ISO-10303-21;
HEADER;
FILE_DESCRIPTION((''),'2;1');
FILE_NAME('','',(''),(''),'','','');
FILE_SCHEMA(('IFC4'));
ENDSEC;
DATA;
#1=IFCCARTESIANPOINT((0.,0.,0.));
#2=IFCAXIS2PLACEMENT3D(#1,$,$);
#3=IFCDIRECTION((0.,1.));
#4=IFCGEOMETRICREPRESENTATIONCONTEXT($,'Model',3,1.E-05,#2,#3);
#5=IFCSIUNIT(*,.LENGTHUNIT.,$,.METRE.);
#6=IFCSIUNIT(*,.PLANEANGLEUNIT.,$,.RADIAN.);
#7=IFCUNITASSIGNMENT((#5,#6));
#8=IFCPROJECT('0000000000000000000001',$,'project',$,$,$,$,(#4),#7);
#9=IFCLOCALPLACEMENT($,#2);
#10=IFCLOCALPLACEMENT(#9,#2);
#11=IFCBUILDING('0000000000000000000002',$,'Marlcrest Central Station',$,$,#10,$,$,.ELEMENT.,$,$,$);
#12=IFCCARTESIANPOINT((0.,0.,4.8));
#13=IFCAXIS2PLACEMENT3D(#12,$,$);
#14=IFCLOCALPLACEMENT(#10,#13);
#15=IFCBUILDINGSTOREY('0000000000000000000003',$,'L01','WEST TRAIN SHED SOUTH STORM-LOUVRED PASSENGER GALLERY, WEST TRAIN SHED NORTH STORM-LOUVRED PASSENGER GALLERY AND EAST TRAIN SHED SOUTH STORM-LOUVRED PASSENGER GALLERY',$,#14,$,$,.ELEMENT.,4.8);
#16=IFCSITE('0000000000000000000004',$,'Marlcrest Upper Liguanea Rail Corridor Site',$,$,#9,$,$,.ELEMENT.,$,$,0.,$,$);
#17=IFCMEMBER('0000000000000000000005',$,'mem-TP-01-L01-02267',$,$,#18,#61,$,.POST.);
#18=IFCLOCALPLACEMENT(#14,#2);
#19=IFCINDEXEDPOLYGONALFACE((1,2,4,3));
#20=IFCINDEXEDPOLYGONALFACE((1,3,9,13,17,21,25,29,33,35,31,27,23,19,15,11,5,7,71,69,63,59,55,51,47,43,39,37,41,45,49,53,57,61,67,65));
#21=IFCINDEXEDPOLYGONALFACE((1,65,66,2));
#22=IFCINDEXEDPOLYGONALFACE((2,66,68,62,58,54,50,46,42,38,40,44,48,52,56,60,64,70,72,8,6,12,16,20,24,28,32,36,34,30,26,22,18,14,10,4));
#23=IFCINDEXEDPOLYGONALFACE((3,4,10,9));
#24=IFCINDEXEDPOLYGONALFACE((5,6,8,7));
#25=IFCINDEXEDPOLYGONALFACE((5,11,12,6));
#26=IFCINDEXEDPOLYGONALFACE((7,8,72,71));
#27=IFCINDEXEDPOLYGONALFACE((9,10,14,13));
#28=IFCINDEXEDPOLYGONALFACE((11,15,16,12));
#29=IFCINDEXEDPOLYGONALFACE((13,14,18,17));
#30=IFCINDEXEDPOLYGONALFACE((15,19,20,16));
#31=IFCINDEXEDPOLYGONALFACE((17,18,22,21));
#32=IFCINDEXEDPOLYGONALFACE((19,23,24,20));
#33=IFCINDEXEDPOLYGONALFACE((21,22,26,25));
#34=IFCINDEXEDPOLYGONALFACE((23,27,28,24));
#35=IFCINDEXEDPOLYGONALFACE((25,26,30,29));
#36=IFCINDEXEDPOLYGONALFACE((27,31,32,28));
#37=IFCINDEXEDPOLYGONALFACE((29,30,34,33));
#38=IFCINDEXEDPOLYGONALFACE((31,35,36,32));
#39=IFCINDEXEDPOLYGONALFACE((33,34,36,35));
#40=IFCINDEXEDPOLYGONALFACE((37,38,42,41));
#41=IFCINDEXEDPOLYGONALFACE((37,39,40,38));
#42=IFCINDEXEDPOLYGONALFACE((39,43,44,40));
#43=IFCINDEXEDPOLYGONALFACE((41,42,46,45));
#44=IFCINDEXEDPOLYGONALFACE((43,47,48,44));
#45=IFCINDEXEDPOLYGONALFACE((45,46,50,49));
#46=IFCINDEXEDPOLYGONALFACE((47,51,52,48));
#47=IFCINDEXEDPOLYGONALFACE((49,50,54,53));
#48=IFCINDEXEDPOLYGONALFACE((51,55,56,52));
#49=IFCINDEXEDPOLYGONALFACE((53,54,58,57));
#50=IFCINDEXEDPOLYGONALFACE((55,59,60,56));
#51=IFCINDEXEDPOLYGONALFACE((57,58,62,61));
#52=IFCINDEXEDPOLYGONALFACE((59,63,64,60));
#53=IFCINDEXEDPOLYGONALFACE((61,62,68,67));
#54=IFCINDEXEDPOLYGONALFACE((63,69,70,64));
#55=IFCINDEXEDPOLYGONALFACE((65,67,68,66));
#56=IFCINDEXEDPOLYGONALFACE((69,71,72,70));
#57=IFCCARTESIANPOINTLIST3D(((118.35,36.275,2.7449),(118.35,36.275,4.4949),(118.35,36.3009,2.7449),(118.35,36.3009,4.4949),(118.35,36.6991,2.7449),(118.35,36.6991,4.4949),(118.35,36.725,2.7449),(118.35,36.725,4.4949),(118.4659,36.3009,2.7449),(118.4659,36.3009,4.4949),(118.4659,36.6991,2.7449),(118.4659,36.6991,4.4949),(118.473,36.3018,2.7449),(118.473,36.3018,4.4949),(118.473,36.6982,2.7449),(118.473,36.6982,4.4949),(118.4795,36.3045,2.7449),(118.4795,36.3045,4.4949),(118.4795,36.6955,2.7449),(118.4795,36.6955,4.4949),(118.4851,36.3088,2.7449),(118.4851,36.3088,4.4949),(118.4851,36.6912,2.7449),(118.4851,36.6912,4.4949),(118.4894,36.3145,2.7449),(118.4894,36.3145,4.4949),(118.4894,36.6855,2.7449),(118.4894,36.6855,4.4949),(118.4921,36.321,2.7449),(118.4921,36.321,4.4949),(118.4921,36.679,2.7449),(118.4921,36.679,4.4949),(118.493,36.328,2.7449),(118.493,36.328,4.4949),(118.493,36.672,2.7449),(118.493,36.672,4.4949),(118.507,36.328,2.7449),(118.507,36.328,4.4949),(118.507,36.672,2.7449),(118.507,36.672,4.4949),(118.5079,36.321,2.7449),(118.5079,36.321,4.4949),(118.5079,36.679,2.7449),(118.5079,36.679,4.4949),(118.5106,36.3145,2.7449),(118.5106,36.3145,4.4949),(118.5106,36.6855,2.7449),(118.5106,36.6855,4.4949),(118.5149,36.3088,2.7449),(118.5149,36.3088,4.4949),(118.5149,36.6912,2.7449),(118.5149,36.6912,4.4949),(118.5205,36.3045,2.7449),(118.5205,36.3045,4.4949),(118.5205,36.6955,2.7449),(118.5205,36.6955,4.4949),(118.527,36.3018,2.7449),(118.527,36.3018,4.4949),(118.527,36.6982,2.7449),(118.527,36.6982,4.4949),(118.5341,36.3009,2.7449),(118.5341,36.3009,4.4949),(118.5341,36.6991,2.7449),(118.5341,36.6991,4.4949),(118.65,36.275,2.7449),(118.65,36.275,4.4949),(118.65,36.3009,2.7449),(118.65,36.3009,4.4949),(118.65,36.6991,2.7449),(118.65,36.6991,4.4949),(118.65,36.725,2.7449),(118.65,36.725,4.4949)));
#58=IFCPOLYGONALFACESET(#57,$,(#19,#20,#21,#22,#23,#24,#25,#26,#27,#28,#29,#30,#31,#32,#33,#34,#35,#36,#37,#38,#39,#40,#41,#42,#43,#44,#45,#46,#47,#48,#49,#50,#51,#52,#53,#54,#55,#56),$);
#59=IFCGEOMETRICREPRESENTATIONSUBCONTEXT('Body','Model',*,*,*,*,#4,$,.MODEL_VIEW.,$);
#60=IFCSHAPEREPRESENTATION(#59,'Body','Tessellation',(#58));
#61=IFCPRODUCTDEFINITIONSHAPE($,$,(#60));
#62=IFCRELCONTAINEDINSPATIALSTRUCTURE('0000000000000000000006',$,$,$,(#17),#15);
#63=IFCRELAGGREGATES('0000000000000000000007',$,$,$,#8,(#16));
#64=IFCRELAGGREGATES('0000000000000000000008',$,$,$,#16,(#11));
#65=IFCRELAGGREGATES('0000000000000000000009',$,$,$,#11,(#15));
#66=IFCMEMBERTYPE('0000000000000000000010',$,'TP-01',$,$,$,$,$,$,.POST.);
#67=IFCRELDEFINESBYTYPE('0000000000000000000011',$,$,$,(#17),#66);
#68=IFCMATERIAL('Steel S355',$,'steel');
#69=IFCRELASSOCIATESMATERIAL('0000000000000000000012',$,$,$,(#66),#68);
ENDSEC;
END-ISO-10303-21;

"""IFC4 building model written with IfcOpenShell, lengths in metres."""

from ifc_helpers import new_model, si_unit, direction, frame, origin, origin_2d, place, context, subcontext, project, spatial, i_section, extrude, material, material_profile, profile_set, type_object, element, save


model = new_model("IFC4")

# Units and contexts
model_context = context("Model", 3, precision=1e-05, world=origin(), true_north=direction((0.0, 1.0)))
body_context = subcontext(model_context, "Body", "Model", "MODEL_VIEW")
ifc_project = project(units=[si_unit("LENGTHUNIT", "METRE"), si_unit("PLANEANGLEUNIT", "RADIAN")], contexts=[model_context])

# Site, building, storey
site_placement = place(None, origin())
site = spatial("IfcSite", under=ifc_project, at=site_placement, Name="Marlcrest Upper Liguanea Rail Corridor Site", CompositionType="ELEMENT", RefElevation=0.0)
building_placement = place(site_placement, origin())
building = spatial("IfcBuilding", under=site, at=building_placement, Name="Marlcrest Central Station", CompositionType="ELEMENT")
storey_placement = place(building_placement, frame((0.0, 0.0, 4.8)))
storey = spatial("IfcBuildingStorey", under=building, at=storey_placement, Name="L01", Description="WEST TRAIN SHED SOUTH STORM-LOUVRED PASSENGER GALLERY, WEST TRAIN SHED NORTH STORM-LOUVRED PASSENGER GALLERY AND EAST TRAIN SHED SOUTH STORM-LOUVRED PASSENGER GALLERY", CompositionType="ELEMENT", Elevation=4.8)

# Shared definitions
ifc_material_1 = material(Name="Steel S355", Category="steel")

# Member
ifc_material_profile_1 = material_profile(ifc_material_1, i_section(OverallWidth=0.3, OverallDepth=0.45, WebThickness=0.0139, FlangeThickness=0.0259, FilletRadius=0.0271, at=origin_2d()), Name="HEB 450")
ifc_profile_set_1 = profile_set([ifc_material_profile_1], Name="Steel S355")
member_type_1 = type_object("IfcMemberType", Name="TP-01", PredefinedType="POST", material=ifc_profile_set_1)
member_1_placement = place(storey_placement, frame((118.5, 36.5, 2.7449), z_axis=(0.0, 0.0, 1.0), x_axis=(1.0, 0.0, 0.0)))
element("IfcMember", 1, at=member_1_placement, inside=storey, type_object=member_type_1, Name="mem-TP-01-L01-02267", PredefinedType="POST", context=body_context, shape_type="SweptSolid", body=[
    extrude(i_section(OverallWidth=0.3, OverallDepth=0.45, WebThickness=0.0139, FlangeThickness=0.0259, FilletRadius=0.0271, at=origin_2d()), origin(), (0.0, 0.0, 1.0), 1.75),
])

save(model, "model.ifc")
